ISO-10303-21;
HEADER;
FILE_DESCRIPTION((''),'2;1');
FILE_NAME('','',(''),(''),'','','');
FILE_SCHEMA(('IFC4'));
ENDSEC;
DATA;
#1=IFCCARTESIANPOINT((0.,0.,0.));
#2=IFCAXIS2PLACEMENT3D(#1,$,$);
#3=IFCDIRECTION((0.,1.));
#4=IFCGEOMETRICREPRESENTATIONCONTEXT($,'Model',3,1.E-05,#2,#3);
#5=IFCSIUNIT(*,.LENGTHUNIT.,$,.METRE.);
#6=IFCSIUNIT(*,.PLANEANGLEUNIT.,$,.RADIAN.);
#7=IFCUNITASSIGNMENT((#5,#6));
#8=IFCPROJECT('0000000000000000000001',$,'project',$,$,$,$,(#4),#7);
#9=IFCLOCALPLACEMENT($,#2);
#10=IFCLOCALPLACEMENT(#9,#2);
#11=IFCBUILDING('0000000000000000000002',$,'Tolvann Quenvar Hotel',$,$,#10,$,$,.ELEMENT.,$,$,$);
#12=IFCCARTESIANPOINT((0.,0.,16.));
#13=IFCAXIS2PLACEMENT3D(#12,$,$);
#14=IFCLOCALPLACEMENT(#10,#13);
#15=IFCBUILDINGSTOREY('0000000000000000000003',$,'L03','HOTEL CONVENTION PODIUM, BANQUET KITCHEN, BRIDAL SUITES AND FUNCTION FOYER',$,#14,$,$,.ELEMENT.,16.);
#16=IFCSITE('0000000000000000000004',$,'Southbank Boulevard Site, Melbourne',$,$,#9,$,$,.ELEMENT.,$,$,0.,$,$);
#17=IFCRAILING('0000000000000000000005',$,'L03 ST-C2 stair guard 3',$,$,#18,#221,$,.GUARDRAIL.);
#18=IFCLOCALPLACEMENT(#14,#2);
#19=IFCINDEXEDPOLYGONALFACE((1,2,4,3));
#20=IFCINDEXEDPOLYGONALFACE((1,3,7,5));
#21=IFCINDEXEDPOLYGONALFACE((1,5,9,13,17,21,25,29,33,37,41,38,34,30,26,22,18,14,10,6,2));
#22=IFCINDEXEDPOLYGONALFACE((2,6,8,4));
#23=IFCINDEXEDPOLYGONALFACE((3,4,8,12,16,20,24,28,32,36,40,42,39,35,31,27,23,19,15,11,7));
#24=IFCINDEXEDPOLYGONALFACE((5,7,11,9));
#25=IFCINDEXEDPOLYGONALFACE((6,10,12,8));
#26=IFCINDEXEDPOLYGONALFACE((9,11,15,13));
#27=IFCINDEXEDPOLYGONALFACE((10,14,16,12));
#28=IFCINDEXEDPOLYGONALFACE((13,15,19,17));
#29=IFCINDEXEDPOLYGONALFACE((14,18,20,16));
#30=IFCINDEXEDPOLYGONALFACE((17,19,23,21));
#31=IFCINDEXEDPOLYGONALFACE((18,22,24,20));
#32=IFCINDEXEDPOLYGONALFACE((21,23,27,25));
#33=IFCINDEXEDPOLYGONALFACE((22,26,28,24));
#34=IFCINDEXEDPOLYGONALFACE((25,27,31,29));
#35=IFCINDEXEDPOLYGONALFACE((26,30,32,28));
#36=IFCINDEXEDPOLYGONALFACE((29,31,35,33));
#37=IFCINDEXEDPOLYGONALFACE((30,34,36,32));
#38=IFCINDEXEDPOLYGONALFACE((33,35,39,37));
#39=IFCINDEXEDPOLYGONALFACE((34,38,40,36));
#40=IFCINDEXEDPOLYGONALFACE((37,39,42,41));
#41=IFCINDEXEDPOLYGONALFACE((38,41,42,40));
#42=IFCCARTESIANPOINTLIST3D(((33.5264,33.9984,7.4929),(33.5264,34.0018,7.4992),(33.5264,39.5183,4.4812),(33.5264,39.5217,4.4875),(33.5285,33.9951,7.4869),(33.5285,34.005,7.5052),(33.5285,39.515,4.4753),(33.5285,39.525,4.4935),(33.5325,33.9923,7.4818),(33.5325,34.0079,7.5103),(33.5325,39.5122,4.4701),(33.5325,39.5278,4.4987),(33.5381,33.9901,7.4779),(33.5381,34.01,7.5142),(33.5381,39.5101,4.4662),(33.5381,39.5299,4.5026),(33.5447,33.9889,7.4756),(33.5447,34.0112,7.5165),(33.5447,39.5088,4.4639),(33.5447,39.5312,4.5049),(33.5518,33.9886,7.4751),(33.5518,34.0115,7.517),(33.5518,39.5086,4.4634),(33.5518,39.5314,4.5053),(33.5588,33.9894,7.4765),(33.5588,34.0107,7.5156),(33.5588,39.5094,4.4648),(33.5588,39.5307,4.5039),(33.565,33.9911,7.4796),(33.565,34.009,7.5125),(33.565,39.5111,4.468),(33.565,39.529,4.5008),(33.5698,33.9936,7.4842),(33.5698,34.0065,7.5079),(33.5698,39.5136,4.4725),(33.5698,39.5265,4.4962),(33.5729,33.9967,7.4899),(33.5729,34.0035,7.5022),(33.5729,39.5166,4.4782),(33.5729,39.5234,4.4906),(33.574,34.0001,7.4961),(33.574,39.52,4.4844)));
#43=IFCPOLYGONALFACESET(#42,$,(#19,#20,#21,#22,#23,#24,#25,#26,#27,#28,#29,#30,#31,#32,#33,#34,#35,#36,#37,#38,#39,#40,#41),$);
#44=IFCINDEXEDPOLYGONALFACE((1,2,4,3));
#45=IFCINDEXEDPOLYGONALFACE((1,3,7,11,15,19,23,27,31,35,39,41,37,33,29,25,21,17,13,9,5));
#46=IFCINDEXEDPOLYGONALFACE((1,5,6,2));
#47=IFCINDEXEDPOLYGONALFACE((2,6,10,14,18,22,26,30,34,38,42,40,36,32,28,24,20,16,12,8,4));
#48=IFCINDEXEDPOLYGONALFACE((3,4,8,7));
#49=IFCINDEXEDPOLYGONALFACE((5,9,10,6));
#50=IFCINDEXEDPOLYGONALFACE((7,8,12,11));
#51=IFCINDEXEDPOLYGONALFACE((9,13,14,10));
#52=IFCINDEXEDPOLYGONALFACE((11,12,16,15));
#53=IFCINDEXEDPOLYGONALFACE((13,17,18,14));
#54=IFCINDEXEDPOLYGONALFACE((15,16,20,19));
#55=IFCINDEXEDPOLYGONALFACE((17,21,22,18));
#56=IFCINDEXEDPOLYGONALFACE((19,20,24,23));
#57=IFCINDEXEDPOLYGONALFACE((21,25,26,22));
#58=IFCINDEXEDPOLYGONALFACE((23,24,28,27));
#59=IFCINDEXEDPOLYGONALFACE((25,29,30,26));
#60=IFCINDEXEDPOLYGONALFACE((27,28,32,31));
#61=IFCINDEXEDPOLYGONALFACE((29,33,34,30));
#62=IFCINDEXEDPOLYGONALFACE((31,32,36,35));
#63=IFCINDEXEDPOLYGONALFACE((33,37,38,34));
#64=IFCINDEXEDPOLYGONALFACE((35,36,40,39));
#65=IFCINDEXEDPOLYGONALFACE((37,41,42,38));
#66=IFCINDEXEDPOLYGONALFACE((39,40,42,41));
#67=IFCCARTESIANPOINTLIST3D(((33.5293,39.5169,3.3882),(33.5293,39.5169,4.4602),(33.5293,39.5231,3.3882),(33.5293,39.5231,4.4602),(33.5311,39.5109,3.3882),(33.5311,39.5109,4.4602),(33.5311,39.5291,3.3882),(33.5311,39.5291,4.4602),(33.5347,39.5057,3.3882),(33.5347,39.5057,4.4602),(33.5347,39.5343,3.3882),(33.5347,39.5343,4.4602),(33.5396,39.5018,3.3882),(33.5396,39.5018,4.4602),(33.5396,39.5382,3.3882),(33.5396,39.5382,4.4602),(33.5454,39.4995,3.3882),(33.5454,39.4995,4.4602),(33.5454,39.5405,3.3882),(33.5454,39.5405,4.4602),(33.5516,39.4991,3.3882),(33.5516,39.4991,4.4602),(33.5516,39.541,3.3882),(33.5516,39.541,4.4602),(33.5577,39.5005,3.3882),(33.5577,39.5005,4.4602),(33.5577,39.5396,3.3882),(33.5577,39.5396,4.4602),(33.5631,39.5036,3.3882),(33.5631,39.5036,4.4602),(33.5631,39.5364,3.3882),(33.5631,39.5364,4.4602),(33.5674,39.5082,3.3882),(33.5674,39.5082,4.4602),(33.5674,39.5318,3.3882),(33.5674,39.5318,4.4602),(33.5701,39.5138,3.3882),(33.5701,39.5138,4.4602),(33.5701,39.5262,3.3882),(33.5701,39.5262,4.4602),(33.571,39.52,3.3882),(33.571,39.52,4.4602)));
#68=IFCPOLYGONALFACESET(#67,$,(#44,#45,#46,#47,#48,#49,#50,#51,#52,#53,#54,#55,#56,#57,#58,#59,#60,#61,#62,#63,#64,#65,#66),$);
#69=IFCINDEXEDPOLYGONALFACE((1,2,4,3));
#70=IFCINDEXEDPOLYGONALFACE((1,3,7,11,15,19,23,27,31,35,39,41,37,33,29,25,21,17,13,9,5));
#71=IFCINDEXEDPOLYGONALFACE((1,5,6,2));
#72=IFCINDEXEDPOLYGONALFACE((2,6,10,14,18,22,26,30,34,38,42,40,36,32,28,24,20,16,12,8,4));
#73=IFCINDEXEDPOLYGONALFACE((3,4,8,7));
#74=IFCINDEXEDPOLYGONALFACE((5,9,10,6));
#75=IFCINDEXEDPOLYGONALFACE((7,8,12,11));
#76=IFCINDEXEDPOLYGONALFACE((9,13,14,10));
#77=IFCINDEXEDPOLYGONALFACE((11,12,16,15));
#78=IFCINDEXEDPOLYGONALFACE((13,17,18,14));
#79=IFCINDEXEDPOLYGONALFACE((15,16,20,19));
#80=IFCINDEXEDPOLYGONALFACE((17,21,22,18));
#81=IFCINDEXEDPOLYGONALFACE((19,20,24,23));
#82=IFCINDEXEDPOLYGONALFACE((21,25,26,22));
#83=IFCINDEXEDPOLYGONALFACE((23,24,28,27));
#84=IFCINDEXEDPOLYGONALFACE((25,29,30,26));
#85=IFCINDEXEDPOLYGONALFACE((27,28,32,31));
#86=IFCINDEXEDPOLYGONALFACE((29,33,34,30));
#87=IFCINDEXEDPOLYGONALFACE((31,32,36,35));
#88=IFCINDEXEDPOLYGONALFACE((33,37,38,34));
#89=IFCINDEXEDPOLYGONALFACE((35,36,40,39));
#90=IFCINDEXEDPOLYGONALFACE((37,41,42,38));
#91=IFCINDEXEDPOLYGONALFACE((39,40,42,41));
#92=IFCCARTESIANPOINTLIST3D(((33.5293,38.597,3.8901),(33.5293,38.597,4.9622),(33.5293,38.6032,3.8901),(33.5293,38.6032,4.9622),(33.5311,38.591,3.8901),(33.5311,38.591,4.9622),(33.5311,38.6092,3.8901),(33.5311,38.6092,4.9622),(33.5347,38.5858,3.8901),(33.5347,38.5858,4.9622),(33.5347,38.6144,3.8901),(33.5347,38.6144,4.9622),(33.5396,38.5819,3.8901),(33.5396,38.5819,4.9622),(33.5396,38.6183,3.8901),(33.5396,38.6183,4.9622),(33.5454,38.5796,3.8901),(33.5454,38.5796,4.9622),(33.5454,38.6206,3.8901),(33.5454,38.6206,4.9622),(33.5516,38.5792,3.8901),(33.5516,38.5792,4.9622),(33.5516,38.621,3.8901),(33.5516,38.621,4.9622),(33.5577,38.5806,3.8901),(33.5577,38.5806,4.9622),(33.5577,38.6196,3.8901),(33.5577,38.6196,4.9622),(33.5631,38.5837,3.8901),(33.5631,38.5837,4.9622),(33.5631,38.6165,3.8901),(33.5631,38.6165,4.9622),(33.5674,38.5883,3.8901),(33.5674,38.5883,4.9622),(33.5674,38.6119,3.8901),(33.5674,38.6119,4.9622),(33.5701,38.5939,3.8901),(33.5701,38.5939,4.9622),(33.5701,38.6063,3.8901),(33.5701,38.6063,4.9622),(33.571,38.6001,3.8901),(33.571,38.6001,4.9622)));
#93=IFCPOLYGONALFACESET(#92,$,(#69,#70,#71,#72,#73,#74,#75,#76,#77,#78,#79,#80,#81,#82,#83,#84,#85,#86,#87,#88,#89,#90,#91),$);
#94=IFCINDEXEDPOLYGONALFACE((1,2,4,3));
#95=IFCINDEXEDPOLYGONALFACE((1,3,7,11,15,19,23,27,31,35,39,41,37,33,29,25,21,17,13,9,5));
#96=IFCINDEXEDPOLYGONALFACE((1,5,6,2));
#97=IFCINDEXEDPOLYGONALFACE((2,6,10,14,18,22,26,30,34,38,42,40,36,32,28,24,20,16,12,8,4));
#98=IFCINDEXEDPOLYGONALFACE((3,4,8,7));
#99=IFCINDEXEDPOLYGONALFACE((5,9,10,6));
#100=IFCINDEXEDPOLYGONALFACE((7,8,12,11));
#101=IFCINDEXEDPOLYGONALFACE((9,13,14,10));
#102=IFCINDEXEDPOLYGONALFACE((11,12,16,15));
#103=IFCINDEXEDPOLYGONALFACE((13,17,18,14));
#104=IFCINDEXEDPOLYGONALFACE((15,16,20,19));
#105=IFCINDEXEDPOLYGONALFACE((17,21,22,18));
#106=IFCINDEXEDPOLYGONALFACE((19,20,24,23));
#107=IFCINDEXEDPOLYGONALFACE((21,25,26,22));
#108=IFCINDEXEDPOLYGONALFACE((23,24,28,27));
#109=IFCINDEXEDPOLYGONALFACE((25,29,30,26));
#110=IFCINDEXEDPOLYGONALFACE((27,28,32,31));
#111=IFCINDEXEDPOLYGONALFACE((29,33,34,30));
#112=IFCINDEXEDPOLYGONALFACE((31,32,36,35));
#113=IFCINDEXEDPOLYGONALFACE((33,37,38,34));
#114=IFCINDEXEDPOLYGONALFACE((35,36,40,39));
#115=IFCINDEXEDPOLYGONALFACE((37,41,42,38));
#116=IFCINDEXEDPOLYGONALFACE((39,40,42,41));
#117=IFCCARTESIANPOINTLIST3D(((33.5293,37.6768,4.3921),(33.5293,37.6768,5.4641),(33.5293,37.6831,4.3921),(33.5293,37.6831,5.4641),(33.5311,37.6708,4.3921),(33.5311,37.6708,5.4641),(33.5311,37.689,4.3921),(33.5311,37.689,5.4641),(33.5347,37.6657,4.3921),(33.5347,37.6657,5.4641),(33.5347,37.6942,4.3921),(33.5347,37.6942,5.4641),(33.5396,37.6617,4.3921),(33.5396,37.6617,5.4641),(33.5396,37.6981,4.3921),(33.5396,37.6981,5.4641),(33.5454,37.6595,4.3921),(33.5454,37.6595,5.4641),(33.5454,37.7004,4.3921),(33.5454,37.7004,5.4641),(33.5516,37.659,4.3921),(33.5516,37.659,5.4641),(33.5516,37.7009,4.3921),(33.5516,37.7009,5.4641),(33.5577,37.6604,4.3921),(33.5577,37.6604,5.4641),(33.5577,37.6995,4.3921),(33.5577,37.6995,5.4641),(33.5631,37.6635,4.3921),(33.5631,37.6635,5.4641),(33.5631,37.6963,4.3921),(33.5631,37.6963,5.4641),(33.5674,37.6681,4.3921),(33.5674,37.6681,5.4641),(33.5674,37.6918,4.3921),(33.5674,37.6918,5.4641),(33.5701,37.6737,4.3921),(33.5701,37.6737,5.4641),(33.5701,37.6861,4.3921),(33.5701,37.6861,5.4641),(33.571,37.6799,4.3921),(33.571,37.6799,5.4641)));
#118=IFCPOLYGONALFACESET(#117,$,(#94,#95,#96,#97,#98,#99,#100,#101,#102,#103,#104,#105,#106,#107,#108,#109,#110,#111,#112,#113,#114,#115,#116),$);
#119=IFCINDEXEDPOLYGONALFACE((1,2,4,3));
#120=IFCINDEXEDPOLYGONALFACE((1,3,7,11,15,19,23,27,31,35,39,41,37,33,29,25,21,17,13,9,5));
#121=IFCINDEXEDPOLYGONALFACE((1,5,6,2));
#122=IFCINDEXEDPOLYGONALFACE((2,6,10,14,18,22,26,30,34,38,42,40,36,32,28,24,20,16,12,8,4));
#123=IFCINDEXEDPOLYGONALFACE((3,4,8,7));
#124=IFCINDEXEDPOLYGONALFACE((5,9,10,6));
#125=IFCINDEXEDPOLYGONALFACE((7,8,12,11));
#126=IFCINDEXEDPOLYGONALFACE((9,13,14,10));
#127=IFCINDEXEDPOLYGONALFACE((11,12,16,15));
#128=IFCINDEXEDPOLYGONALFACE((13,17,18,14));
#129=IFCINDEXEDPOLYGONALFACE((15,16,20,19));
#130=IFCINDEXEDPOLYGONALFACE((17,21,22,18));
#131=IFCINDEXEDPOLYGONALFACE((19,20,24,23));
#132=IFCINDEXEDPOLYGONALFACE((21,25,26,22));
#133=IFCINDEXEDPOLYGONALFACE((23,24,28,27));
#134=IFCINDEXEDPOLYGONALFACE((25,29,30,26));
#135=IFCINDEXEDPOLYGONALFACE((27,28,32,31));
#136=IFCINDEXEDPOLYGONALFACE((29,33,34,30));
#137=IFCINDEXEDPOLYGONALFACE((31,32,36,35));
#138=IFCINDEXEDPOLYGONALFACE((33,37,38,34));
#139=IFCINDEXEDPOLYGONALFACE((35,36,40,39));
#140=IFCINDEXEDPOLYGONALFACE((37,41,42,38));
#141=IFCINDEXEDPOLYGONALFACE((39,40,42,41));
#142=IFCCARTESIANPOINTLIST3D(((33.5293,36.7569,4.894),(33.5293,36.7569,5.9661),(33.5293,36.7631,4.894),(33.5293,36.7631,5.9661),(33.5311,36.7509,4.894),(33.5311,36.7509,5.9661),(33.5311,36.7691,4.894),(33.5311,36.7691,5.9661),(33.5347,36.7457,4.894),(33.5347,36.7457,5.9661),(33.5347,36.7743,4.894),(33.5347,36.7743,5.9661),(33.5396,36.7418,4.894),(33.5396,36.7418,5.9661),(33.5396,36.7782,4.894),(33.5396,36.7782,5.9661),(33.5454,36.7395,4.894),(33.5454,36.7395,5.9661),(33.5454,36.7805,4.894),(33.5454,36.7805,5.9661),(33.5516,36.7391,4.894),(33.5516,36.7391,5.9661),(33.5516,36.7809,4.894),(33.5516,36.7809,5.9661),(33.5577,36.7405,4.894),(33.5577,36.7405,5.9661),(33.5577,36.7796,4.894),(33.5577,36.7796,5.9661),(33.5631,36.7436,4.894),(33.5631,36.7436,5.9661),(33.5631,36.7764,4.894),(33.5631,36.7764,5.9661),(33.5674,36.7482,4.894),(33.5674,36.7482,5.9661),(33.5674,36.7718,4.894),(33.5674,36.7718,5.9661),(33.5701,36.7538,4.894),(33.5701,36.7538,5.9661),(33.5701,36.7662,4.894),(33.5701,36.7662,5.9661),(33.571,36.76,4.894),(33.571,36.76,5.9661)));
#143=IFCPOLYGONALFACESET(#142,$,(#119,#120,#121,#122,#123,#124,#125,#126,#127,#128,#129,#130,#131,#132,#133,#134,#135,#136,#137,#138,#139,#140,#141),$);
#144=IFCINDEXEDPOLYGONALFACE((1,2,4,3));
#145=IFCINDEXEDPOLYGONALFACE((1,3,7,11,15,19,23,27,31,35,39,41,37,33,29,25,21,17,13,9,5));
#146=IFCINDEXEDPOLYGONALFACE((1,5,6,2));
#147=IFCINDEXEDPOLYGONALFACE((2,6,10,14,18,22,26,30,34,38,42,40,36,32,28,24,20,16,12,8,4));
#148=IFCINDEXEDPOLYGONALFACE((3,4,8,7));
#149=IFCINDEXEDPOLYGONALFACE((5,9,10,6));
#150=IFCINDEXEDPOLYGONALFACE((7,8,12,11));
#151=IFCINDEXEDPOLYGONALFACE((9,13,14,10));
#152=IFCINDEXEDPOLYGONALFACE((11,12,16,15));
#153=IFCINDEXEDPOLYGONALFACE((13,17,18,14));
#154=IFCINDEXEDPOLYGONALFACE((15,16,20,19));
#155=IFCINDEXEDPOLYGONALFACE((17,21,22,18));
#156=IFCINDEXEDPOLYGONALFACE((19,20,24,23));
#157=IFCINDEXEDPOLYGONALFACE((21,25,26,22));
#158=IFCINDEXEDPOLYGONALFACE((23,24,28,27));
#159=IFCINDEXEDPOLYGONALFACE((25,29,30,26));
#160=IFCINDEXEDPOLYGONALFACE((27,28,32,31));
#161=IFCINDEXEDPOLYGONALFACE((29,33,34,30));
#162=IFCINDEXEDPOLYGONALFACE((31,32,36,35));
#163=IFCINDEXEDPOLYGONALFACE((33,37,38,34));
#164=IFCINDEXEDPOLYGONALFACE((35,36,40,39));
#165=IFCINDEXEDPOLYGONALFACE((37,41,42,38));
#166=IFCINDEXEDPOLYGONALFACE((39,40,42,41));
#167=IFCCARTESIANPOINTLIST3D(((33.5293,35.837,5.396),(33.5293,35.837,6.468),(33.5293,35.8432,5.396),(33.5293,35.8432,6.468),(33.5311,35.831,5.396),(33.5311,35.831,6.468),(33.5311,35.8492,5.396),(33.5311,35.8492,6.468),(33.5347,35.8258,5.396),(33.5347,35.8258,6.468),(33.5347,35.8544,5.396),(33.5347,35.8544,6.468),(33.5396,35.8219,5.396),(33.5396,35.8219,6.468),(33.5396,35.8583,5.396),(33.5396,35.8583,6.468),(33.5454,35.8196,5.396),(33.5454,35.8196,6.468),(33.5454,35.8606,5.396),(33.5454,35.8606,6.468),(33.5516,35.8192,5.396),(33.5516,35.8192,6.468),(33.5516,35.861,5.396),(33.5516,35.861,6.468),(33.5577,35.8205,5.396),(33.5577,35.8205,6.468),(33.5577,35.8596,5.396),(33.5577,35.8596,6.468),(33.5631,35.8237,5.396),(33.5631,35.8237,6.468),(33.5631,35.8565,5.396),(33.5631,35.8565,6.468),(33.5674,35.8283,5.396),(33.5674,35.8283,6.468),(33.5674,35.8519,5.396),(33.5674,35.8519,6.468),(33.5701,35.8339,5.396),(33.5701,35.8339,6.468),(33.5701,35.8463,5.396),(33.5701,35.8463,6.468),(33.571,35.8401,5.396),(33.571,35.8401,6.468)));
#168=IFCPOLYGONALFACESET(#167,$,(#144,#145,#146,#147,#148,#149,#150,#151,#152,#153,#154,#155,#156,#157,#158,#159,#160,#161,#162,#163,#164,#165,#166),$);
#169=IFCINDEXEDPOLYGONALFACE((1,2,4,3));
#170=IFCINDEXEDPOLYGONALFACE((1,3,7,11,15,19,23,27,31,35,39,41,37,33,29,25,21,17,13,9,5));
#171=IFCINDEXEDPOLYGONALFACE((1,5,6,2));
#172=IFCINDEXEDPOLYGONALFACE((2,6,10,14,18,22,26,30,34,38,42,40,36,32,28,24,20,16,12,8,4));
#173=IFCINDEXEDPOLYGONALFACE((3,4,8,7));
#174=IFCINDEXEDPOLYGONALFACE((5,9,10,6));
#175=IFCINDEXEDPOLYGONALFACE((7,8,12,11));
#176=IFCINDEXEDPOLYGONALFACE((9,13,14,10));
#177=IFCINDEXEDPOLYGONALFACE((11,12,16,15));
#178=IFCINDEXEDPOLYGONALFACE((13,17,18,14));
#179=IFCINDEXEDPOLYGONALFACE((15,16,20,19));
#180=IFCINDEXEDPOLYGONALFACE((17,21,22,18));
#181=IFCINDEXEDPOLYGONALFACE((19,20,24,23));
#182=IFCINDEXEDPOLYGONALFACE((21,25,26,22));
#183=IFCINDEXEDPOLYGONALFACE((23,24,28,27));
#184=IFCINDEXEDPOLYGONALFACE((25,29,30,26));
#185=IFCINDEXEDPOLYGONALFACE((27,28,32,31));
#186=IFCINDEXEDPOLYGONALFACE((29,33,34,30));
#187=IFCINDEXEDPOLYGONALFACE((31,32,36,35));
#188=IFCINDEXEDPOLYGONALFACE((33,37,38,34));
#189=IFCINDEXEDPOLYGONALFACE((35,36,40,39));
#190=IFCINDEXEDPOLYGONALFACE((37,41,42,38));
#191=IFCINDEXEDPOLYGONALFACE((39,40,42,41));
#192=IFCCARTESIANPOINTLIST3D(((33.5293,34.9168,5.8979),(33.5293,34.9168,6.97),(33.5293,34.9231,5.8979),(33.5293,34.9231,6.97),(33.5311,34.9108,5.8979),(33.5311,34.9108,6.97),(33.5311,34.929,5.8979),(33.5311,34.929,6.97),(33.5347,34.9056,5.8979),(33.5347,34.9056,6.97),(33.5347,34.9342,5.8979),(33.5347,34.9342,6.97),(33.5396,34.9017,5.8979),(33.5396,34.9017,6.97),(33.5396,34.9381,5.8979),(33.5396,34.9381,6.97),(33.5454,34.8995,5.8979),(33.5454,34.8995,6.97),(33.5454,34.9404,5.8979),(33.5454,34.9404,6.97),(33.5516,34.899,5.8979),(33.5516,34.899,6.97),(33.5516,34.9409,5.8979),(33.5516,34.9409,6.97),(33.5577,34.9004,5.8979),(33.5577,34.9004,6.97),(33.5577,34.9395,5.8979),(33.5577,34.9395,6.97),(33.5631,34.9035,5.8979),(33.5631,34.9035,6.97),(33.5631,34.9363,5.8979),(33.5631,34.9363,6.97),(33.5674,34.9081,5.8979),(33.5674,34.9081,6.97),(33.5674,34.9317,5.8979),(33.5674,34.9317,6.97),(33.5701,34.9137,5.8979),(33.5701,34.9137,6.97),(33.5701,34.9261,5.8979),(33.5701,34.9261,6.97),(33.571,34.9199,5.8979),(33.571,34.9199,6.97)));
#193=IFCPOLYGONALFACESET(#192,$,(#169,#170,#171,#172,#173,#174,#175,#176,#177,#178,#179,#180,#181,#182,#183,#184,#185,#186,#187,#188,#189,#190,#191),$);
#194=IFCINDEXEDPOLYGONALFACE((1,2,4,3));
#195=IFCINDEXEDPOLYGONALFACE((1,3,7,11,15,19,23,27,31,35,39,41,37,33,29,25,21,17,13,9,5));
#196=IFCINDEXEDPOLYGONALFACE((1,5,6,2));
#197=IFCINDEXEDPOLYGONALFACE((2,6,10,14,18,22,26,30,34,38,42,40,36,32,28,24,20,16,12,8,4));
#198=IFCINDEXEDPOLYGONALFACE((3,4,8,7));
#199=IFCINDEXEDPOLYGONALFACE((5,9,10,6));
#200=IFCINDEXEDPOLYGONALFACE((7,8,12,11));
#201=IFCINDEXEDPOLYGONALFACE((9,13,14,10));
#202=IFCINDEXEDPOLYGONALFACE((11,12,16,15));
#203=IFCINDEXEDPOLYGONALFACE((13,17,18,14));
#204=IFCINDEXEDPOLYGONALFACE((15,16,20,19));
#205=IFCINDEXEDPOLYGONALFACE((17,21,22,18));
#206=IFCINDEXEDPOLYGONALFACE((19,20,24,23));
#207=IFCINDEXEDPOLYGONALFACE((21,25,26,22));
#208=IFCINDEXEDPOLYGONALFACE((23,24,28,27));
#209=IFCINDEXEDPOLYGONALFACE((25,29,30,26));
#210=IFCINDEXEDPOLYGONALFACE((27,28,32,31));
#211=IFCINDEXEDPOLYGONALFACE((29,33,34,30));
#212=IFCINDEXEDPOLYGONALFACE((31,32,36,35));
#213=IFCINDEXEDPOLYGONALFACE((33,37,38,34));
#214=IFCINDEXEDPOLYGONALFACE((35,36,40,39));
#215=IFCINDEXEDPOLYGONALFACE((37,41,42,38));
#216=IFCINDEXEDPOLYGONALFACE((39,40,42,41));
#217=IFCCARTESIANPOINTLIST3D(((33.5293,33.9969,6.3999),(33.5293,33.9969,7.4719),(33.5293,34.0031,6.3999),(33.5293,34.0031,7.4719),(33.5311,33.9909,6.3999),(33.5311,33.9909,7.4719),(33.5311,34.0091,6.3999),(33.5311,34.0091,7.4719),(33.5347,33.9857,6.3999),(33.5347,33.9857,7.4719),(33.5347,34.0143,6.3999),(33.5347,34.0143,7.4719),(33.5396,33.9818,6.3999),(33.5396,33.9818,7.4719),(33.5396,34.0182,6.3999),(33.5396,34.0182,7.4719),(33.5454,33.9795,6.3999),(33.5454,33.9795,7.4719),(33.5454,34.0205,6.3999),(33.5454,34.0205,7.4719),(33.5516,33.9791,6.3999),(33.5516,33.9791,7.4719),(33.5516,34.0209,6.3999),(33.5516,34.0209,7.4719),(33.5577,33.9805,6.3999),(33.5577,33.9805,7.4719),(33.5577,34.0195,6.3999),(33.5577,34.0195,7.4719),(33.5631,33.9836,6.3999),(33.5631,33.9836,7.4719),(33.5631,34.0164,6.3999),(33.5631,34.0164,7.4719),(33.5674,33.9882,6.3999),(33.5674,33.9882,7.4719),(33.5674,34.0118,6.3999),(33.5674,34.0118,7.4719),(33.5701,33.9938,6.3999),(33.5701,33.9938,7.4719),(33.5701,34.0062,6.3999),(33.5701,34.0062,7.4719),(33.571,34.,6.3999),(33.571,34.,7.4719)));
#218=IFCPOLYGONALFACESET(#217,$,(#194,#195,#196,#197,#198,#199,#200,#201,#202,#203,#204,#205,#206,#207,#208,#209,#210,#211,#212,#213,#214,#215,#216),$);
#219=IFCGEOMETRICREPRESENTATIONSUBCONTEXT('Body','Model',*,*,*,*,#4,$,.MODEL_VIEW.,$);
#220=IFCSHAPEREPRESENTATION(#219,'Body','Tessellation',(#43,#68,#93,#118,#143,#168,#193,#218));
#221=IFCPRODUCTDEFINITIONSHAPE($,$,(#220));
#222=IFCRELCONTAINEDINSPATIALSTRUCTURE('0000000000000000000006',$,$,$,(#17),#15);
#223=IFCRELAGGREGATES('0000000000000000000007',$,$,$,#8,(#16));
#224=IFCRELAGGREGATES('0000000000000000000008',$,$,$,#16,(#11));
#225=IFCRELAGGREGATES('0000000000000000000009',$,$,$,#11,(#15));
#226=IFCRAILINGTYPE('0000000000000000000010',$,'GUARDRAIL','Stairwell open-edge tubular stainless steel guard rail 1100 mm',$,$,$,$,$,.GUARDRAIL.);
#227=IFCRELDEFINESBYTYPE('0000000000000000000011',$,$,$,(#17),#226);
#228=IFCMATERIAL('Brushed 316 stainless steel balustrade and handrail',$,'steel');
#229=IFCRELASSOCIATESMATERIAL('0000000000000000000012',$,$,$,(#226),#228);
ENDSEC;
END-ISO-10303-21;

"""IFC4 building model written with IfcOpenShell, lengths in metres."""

from ifc_helpers import new_model, si_unit, direction, frame, origin, origin_2d, place, context, subcontext, project, spatial, circle, extrude, material, type_object, element, save


model = new_model("IFC4")

# Units and contexts
model_context = context("Model", 3, precision=1e-05, world=origin(), true_north=direction((0.0, 1.0)))
body_context = subcontext(model_context, "Body", "Model", "MODEL_VIEW")
ifc_project = project(units=[si_unit("LENGTHUNIT", "METRE"), si_unit("PLANEANGLEUNIT", "RADIAN")], contexts=[model_context])

# Site, building, storey
site_placement = place(None, origin())
site = spatial("IfcSite", under=ifc_project, at=site_placement, Name="Southbank Boulevard Site, Melbourne", CompositionType="ELEMENT", RefElevation=0.0)
building_placement = place(site_placement, origin())
building = spatial("IfcBuilding", under=site, at=building_placement, Name="Tolvann Quenvar Hotel", CompositionType="ELEMENT")
storey_placement = place(building_placement, frame((0.0, 0.0, 16.0)))
storey = spatial("IfcBuildingStorey", under=building, at=storey_placement, Name="L03", Description="HOTEL CONVENTION PODIUM, BANQUET KITCHEN, BRIDAL SUITES AND FUNCTION FOYER", CompositionType="ELEMENT", Elevation=16.0)

# Railing
ifc_material_1 = material(Name="Brushed 316 stainless steel balustrade and handrail", Category="steel")
railing_type_1 = type_object("IfcRailingType", Name="GUARDRAIL", Description="Stairwell open-edge tubular stainless steel guard rail 1100 mm", PredefinedType="GUARDRAIL", material=ifc_material_1)
railing_1_placement = place(storey_placement, frame((33.55, 39.52, 3.3882)))
element("IfcRailing", 1, at=railing_1_placement, inside=storey, type_object=railing_type_1, Name="L03 ST-C2 stair guard 3", PredefinedType="GUARDRAIL", context=body_context, shape_type="SweptSolid", body=[
    extrude(circle(Radius=0.0239, at=origin_2d()), frame((0.0, 0.0, 1.0962), z_axis=(0.0, -0.877842, 0.47895), x_axis=(1.0, 0.0, 0.0)), (0.0, 0.0, 1.0), 6.2881),
    extrude(circle(Radius=0.021, at=origin_2d()), origin(), (0.0, 0.0, 1.0), 1.072),
    extrude(circle(Radius=0.021, at=origin_2d()), frame((0.0, -0.9199, 0.502)), (0.0, 0.0, 1.0), 1.072),
    extrude(circle(Radius=0.021, at=origin_2d()), frame((0.0, -1.8401, 1.0039)), (0.0, 0.0, 1.0), 1.072),
    extrude(circle(Radius=0.021, at=origin_2d()), frame((0.0, -2.76, 1.5059)), (0.0, 0.0, 1.0), 1.072),
    extrude(circle(Radius=0.021, at=origin_2d()), frame((0.0, -3.6799, 2.0078)), (0.0, 0.0, 1.0), 1.072),
    extrude(circle(Radius=0.021, at=origin_2d()), frame((0.0, -4.6001, 2.5098)), (0.0, 0.0, 1.0), 1.072),
    extrude(circle(Radius=0.021, at=origin_2d()), frame((0.0, -5.52, 3.0117)), (0.0, 0.0, 1.0), 1.072),
])

save(model, "model.ifc")
